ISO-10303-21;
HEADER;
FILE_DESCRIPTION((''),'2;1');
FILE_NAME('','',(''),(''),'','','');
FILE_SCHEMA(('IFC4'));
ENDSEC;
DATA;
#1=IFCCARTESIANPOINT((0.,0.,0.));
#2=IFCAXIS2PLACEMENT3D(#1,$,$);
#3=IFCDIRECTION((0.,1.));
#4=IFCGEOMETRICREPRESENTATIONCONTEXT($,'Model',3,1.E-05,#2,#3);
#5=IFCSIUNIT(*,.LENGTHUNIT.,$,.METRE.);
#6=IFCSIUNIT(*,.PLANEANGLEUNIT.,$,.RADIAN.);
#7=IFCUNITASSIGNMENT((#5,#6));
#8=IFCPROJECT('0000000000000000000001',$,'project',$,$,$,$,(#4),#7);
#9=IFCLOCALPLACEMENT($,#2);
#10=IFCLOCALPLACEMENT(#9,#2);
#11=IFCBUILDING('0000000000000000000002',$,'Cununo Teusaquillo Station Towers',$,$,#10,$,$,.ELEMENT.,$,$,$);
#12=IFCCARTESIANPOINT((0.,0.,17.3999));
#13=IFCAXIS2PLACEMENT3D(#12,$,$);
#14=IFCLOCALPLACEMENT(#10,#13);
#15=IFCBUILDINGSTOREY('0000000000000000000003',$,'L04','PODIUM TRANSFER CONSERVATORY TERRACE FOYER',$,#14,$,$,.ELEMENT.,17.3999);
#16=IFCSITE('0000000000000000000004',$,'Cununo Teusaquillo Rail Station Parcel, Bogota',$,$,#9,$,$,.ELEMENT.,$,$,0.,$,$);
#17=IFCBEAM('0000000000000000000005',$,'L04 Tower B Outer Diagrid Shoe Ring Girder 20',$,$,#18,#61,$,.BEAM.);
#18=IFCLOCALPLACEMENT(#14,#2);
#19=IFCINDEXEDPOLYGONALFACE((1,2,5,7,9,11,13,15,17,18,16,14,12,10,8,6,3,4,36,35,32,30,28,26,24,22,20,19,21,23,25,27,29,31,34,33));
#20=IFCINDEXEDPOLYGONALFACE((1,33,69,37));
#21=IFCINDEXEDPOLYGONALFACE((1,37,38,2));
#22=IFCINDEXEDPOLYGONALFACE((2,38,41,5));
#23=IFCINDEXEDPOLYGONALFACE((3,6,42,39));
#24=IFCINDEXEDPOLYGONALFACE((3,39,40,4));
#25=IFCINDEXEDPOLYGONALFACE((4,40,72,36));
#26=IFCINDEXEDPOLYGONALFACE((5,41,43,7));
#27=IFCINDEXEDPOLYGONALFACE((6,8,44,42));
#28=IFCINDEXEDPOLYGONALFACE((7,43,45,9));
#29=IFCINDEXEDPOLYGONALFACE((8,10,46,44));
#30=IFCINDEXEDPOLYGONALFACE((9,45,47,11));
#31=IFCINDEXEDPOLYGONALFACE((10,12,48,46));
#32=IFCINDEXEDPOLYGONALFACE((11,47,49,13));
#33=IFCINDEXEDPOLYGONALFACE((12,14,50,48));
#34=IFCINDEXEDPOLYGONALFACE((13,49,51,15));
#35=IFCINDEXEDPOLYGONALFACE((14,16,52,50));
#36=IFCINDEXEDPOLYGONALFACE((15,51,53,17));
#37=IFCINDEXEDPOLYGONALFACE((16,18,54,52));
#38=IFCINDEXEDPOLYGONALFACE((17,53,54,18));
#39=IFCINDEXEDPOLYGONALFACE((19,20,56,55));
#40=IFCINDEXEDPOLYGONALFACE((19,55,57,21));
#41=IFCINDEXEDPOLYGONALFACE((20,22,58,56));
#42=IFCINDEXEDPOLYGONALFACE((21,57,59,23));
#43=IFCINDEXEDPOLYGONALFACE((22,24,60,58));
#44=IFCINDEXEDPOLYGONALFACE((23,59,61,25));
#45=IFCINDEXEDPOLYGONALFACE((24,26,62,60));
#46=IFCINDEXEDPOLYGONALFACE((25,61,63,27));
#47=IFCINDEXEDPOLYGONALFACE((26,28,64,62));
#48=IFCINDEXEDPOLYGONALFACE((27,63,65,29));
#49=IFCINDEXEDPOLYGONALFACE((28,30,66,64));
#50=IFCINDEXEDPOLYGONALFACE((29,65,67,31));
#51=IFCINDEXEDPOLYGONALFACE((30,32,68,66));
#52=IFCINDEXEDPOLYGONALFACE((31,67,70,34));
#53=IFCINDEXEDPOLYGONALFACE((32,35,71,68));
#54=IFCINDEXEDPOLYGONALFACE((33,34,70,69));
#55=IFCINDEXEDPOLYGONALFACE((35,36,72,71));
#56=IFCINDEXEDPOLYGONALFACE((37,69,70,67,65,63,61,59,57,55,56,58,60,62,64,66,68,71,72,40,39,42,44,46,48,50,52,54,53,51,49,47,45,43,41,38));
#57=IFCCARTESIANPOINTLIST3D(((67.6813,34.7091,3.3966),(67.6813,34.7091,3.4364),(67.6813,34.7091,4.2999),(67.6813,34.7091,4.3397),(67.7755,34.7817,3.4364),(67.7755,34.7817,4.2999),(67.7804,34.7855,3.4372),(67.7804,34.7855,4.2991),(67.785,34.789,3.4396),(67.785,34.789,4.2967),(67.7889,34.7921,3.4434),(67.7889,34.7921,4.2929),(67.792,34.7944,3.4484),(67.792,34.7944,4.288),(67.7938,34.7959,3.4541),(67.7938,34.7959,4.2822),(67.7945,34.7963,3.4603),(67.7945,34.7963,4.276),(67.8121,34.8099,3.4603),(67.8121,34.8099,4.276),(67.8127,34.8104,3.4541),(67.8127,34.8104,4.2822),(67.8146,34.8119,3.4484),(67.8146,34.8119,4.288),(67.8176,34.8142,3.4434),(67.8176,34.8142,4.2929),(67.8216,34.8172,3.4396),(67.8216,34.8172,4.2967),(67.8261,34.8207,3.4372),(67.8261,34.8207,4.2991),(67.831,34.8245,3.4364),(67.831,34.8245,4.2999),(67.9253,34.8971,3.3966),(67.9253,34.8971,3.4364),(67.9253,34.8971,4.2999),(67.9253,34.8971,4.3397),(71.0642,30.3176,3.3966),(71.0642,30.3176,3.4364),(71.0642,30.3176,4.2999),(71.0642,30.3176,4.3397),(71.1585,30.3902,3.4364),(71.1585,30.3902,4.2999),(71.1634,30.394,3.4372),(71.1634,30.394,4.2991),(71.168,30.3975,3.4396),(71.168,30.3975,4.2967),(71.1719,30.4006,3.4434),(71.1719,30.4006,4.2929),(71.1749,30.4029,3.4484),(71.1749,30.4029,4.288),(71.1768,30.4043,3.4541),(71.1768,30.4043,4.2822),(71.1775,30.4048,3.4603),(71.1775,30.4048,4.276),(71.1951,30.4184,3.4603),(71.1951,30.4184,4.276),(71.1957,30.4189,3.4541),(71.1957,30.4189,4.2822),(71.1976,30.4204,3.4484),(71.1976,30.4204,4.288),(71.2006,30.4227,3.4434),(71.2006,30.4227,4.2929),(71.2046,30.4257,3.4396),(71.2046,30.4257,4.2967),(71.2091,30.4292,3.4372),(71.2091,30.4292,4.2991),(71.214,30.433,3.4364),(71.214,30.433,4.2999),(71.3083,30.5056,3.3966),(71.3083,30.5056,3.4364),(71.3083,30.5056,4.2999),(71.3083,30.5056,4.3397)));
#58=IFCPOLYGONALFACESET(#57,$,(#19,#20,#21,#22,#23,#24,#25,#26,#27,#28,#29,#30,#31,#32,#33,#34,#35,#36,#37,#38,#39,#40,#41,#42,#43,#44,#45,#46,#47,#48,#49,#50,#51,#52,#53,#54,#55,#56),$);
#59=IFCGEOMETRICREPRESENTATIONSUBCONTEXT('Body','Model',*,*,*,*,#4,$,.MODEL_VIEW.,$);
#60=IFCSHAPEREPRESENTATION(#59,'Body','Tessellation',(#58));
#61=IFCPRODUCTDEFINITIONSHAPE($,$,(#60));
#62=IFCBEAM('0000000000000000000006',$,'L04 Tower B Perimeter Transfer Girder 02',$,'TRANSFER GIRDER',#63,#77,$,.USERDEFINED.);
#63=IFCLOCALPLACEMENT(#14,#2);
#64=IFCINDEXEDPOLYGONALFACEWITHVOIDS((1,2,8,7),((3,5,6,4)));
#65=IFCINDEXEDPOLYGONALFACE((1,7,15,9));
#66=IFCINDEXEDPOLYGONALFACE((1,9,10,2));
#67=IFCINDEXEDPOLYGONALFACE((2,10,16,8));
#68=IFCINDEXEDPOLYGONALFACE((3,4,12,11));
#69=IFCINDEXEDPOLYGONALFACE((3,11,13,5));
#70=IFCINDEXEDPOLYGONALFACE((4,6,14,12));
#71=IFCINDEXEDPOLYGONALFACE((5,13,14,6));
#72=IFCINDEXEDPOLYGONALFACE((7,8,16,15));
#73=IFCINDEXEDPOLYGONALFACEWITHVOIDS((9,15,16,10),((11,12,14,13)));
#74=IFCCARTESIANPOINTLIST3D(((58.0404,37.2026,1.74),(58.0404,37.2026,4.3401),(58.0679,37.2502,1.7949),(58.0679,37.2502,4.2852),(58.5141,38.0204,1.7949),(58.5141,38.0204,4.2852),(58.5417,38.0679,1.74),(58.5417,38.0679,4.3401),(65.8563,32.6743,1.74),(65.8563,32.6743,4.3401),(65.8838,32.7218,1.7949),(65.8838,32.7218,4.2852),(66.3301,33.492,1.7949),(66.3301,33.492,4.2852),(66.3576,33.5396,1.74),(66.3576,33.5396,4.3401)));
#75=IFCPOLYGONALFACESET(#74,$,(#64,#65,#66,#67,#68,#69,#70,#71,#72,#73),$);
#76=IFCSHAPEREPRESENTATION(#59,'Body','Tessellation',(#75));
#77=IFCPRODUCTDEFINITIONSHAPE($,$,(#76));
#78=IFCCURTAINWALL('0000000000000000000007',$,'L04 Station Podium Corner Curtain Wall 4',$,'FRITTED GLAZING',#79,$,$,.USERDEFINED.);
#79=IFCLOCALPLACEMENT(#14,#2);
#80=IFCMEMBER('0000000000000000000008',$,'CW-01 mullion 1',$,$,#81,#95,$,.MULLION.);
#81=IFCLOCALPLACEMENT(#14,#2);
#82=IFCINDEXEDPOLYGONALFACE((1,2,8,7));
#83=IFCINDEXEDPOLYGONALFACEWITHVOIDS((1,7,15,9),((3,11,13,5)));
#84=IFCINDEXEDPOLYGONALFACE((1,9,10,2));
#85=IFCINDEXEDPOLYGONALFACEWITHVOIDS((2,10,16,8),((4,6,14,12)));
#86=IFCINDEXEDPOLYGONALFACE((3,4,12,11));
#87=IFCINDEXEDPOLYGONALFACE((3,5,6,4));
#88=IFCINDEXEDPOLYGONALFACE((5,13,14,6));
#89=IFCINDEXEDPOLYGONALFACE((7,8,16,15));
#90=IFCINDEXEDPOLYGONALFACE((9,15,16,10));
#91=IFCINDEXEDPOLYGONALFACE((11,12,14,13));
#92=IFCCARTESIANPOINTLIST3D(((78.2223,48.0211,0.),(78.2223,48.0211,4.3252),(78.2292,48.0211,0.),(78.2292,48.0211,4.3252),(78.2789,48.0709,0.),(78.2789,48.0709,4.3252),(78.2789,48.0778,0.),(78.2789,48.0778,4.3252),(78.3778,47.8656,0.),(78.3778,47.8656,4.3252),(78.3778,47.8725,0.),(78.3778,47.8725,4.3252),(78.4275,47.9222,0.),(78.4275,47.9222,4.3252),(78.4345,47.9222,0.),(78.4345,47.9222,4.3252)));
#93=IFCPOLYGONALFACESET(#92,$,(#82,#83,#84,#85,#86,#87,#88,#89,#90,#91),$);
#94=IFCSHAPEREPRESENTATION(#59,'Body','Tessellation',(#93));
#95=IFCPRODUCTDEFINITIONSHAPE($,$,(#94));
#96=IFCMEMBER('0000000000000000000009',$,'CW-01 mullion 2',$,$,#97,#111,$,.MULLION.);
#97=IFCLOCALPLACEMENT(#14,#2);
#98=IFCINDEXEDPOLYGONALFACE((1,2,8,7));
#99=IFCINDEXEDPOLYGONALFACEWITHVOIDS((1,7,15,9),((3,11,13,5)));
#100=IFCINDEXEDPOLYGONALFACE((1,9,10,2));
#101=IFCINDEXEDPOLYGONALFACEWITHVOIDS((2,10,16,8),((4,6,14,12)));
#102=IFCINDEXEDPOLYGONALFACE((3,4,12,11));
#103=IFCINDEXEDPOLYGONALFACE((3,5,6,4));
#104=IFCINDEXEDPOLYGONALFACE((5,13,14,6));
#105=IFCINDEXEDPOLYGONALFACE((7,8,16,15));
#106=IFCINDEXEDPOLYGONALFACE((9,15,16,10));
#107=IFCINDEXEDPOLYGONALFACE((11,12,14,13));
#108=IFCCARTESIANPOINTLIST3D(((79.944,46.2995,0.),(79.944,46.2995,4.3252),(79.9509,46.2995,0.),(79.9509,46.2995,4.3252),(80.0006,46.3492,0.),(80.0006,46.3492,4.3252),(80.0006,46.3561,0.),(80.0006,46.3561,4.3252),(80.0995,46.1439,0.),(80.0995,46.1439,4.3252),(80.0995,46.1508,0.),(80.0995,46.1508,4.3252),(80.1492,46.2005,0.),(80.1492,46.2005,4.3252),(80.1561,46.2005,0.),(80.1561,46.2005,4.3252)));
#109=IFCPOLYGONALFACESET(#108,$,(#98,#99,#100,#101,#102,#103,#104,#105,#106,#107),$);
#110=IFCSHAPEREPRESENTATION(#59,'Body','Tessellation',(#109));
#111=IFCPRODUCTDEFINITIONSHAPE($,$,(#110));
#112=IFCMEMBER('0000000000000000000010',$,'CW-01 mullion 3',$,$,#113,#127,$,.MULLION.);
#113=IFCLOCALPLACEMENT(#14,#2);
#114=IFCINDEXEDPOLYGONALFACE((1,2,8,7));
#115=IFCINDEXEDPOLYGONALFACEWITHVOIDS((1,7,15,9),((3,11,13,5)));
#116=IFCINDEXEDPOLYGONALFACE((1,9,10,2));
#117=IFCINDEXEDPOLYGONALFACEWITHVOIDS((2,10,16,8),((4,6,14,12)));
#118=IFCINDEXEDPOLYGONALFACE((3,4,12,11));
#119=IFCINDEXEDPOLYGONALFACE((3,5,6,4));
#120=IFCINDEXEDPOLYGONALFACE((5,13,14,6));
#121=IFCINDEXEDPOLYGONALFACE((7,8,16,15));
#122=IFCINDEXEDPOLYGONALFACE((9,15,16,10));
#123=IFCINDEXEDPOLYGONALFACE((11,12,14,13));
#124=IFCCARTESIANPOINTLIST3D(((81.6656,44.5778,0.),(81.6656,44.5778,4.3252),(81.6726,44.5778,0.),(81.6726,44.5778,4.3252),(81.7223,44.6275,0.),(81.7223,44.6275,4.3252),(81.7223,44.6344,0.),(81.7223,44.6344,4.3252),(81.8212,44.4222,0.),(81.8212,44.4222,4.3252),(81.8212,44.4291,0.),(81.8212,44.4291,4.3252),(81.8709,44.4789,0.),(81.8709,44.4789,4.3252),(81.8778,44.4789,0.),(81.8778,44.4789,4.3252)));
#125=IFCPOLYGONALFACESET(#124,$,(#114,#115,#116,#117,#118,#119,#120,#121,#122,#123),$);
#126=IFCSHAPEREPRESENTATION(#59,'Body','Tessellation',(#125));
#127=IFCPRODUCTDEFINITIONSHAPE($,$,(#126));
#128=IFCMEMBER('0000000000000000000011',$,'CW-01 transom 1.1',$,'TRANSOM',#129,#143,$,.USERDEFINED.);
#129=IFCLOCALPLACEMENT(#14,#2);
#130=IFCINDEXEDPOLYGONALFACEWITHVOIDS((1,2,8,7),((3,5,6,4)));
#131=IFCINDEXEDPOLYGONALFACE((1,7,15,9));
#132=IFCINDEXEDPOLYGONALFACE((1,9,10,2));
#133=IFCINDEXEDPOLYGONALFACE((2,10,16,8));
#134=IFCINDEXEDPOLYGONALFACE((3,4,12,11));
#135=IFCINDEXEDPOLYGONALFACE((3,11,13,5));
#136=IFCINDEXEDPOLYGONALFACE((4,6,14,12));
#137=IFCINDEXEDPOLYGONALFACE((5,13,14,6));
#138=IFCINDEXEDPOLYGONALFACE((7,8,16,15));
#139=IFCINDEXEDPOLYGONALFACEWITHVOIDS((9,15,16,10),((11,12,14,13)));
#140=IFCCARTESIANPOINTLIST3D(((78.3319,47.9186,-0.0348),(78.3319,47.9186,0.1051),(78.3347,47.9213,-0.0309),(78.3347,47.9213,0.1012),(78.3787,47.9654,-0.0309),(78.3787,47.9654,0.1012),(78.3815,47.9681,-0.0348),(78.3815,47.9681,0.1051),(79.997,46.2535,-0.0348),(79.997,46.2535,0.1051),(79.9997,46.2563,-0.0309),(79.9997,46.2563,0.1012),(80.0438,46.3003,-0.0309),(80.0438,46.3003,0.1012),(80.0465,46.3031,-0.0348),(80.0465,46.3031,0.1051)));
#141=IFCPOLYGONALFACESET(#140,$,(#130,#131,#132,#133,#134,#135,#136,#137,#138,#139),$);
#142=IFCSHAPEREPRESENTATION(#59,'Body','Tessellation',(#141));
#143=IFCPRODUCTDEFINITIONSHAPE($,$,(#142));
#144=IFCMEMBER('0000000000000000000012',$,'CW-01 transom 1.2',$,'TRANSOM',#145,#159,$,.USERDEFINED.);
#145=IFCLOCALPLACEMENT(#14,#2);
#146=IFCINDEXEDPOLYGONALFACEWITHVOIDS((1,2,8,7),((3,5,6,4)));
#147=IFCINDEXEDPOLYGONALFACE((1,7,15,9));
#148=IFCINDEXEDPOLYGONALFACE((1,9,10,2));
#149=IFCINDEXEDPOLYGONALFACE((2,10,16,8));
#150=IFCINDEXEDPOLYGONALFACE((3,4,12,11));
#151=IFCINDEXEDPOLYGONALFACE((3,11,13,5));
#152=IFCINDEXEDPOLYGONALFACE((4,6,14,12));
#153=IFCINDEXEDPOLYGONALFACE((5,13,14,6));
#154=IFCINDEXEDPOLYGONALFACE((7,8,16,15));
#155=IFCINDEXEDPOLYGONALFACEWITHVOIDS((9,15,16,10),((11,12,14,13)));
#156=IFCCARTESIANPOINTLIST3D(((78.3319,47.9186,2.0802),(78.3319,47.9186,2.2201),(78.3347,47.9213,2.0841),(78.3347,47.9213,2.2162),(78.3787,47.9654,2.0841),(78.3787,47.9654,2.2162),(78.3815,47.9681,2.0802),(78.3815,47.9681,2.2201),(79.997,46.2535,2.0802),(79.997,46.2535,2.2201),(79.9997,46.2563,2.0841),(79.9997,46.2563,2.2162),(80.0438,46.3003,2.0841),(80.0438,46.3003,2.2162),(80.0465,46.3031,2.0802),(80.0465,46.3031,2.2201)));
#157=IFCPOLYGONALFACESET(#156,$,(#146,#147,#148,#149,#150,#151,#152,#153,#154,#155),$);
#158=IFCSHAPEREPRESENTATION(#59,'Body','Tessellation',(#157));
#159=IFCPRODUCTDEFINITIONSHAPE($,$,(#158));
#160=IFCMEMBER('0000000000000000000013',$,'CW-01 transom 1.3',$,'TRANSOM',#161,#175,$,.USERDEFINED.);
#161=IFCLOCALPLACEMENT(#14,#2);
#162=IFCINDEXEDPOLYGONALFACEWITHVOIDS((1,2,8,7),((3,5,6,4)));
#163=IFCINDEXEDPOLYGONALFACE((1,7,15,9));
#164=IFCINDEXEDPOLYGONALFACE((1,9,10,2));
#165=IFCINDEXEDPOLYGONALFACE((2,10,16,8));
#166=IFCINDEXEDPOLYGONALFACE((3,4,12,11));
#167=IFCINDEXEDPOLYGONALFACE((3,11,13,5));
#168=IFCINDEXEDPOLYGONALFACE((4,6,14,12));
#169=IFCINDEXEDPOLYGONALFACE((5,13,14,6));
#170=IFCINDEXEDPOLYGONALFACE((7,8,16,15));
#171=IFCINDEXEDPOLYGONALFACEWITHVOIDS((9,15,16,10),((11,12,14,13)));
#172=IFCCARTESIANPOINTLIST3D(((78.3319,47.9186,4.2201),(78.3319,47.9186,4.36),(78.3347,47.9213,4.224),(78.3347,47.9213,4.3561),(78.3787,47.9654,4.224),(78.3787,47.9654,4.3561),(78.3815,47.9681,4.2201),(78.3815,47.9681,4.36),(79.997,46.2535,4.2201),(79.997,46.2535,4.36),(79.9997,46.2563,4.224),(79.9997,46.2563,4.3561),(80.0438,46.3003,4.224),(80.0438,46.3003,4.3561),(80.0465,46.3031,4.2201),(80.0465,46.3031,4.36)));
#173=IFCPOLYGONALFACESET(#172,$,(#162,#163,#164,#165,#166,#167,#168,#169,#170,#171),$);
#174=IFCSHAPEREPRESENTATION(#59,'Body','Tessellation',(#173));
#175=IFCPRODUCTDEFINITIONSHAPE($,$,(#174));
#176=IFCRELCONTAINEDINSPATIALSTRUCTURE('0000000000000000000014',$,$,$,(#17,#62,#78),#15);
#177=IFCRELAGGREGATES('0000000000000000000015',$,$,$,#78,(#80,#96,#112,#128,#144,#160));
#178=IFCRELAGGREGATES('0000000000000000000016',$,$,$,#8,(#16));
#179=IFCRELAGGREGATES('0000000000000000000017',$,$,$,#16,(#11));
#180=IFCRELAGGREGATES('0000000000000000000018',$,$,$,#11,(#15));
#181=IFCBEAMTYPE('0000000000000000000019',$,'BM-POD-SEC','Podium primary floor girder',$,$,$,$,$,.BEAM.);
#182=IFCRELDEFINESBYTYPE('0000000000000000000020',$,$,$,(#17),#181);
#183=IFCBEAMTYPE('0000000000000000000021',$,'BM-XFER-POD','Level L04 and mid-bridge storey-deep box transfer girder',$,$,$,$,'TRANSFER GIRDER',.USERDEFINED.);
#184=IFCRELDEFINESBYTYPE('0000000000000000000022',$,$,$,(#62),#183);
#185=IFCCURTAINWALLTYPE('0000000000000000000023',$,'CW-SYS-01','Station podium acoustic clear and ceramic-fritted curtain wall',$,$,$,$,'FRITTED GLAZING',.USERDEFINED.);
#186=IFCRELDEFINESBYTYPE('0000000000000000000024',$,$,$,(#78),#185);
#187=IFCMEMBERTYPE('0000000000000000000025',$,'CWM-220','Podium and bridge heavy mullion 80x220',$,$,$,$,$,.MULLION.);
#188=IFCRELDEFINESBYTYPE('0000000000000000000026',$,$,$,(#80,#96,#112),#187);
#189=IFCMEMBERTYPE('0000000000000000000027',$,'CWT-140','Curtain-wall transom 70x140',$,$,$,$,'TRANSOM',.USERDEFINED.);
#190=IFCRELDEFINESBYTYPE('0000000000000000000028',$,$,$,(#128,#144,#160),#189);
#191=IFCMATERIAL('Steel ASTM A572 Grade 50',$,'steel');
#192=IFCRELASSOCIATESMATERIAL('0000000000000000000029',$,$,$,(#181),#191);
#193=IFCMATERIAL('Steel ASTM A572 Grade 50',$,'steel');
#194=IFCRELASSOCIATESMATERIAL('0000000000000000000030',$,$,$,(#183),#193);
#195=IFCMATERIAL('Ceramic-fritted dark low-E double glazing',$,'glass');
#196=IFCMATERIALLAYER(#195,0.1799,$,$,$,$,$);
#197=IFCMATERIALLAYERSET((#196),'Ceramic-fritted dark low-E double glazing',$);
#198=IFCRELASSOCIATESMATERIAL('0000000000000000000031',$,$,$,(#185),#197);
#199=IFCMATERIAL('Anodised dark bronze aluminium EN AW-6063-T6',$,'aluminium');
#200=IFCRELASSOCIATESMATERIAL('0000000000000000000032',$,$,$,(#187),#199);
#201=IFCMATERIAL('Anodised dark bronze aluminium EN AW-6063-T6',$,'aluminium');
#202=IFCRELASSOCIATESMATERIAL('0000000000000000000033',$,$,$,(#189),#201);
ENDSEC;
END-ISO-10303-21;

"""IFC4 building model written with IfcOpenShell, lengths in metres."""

from ifc_helpers import new_model, si_unit, direction, frame, origin, origin_2d, place, context, subcontext, project, spatial, hollow_rectangle, i_section, extrude, material, layer, layer_set, material_profile, profile_set, type_object, element, aggregate, save


model = new_model("IFC4")

# Units and contexts
model_context = context("Model", 3, precision=1e-05, world=origin(), true_north=direction((0.0, 1.0)))
body_context = subcontext(model_context, "Body", "Model", "MODEL_VIEW")
ifc_project = project(units=[si_unit("LENGTHUNIT", "METRE"), si_unit("PLANEANGLEUNIT", "RADIAN")], contexts=[model_context])

# Site, building, storey
site_placement = place(None, origin())
site = spatial("IfcSite", under=ifc_project, at=site_placement, Name="Cununo Teusaquillo Rail Station Parcel, Bogota", CompositionType="ELEMENT", RefElevation=0.0)
building_placement = place(site_placement, origin())
building = spatial("IfcBuilding", under=site, at=building_placement, Name="Cununo Teusaquillo Station Towers", CompositionType="ELEMENT")
storey_placement = place(building_placement, frame((0.0, 0.0, 17.3999)))
storey = spatial("IfcBuildingStorey", under=building, at=storey_placement, Name="L04", Description="PODIUM TRANSFER CONSERVATORY TERRACE FOYER", CompositionType="ELEMENT", Elevation=17.3999)

# Beams
ifc_material_1 = material(Name="Steel ASTM A572 Grade 50", Category="steel")
ifc_material_profile_1 = material_profile(ifc_material_1, i_section(OverallWidth=0.3081, OverallDepth=0.9431, WebThickness=0.0222, FlangeThickness=0.0398, FilletRadius=0.0239, at=origin_2d()), Name="W36X232")
ifc_profile_set_1 = profile_set([ifc_material_profile_1], Name="Steel ASTM A572 Grade 50")
beam_type_1 = type_object("IfcBeamType", Name="BM-POD-SEC", Description="Podium primary floor girder", PredefinedType="BEAM", material=ifc_profile_set_1)
beam_1_placement = place(storey_placement, frame((71.1863, 30.4116, 3.8682), z_axis=(-0.610266, 0.792196, 0.0), x_axis=(-0.792196, -0.610266, 0.0)))
element("IfcBeam", 1, at=beam_1_placement, inside=storey, type_object=beam_type_1, Name="L04 Tower B Outer Diagrid Shoe Ring Girder 20", PredefinedType="BEAM", context=body_context, shape_type="SweptSolid", body=[
    extrude(i_section(OverallWidth=0.3081, OverallDepth=0.9431, WebThickness=0.0222, FlangeThickness=0.0398, FilletRadius=0.0239, at=origin_2d()), origin(), (0.0, 0.0, 1.0), 5.5435),
])
ifc_material_2 = material(Name="Steel ASTM A572 Grade 50", Category="steel")
ifc_material_profile_2 = material_profile(ifc_material_2, hollow_rectangle(XDim=1.0, YDim=2.6001, WallThickness=0.0549, at=origin_2d()), Name="BOX 2600x1000x55")
ifc_profile_set_2 = profile_set([ifc_material_profile_2], Name="Steel ASTM A572 Grade 50")
beam_type_2 = type_object("IfcBeamType", Name="BM-XFER-POD", Description="Level L04 and mid-bridge storey-deep box transfer girder", ElementType="TRANSFER GIRDER", PredefinedType="USERDEFINED", material=ifc_profile_set_2)
beam_2_placement = place(storey_placement, frame((66.1069, 33.1069, 3.04), z_axis=(-0.865267, 0.501311, 0.0), x_axis=(-0.501311, -0.865267, 0.0)))
element("IfcBeam", 2, at=beam_2_placement, inside=storey, type_object=beam_type_2, Name="L04 Tower B Perimeter Transfer Girder 02", ObjectType="TRANSFER GIRDER", PredefinedType="USERDEFINED", context=body_context, shape_type="SweptSolid", body=[
    extrude(hollow_rectangle(XDim=1.0, YDim=2.6001, WallThickness=0.0549, at=origin_2d()), origin(), (0.0, 0.0, 1.0), 9.033),
])

# Curtain wall, members
ifc_material_3 = material(Name="Ceramic-fritted dark low-E double glazing", Category="glass")
ifc_layer_1 = layer(ifc_material_3, 0.1799)
ifc_layer_set_1 = layer_set([ifc_layer_1], Name="Ceramic-fritted dark low-E double glazing")
curtain_wall_type = type_object("IfcCurtainWallType", Name="CW-SYS-01", Description="Station podium acoustic clear and ceramic-fritted curtain wall", ElementType="FRITTED GLAZING", PredefinedType="USERDEFINED", material=ifc_layer_set_1)
curtain_wall_placement = place(storey_placement, origin())
curtain_wall = element("IfcCurtainWall", 3, at=curtain_wall_placement, inside=storey, type_object=curtain_wall_type, Name="L04 Station Podium Corner Curtain Wall 4", ObjectType="FRITTED GLAZING", PredefinedType="USERDEFINED")
ifc_material_4 = material(Name="Anodised dark bronze aluminium EN AW-6063-T6", Category="aluminium")
ifc_material_profile_3 = material_profile(ifc_material_4, hollow_rectangle(XDim=0.0801, YDim=0.22, WallThickness=0.0049, at=origin_2d()), Name="CW-MULL-80x220")
ifc_profile_set_3 = profile_set([ifc_material_profile_3], Name="Anodised dark bronze aluminium EN AW-6063-T6")
member_type_1 = type_object("IfcMemberType", Name="CWM-220", Description="Podium and bridge heavy mullion 80x220", PredefinedType="MULLION", material=ifc_profile_set_3)
member_1_placement = place(storey_placement, frame((78.3284, 47.9717, 0.0), z_axis=(0.0, 0.0, 1.0), x_axis=(0.707107, 0.707107, 0.0)))
member_1 = element("IfcMember", 4, at=member_1_placement, type_object=member_type_1, Name="CW-01 mullion 1", PredefinedType="MULLION", context=body_context, shape_type="SweptSolid", body=[
    extrude(hollow_rectangle(XDim=0.0801, YDim=0.22, WallThickness=0.0049, at=origin_2d()), origin(), (0.0, 0.0, 1.0), 4.3252),
])
member_2_placement = place(storey_placement, frame((80.05, 46.25, 0.0), z_axis=(0.0, 0.0, 1.0), x_axis=(0.707107, 0.707107, 0.0)))
member_2 = element("IfcMember", 5, at=member_2_placement, type_object=member_type_1, Name="CW-01 mullion 2", PredefinedType="MULLION", context=body_context, shape_type="SweptSolid", body=[
    extrude(hollow_rectangle(XDim=0.0801, YDim=0.22, WallThickness=0.0049, at=origin_2d()), origin(), (0.0, 0.0, 1.0), 4.3252),
])
member_3_placement = place(storey_placement, frame((81.7717, 44.5283, 0.0), z_axis=(0.0, 0.0, 1.0), x_axis=(0.707107, 0.707107, 0.0)))
member_3 = element("IfcMember", 6, at=member_3_placement, type_object=member_type_1, Name="CW-01 mullion 3", PredefinedType="MULLION", context=body_context, shape_type="SweptSolid", body=[
    extrude(hollow_rectangle(XDim=0.0801, YDim=0.22, WallThickness=0.0049, at=origin_2d()), origin(), (0.0, 0.0, 1.0), 4.3252),
])
ifc_material_5 = material(Name="Anodised dark bronze aluminium EN AW-6063-T6", Category="aluminium")
ifc_material_profile_4 = material_profile(ifc_material_5, hollow_rectangle(XDim=0.0701, YDim=0.1399, WallThickness=0.0039, at=origin_2d()), Name="CW-TRAN-70x140")
ifc_profile_set_4 = profile_set([ifc_material_profile_4], Name="Anodised dark bronze aluminium EN AW-6063-T6")
member_type_2 = type_object("IfcMemberType", Name="CWT-140", Description="Curtain-wall transom 70x140", ElementType="TRANSOM", PredefinedType="USERDEFINED", material=ifc_profile_set_4)
member_4_placement = place(storey_placement, frame((78.3567, 47.9434, 0.0352), z_axis=(0.707107, -0.707107, 0.0), x_axis=(0.707107, 0.707107, 0.0)))
member_4 = element("IfcMember", 7, at=member_4_placement, type_object=member_type_2, Name="CW-01 transom 1.1", ObjectType="TRANSOM", PredefinedType="USERDEFINED", context=body_context, shape_type="SweptSolid", body=[
    extrude(hollow_rectangle(XDim=0.0701, YDim=0.1399, WallThickness=0.0039, at=origin_2d()), origin(), (0.0, 0.0, 1.0), 2.3547),
])
member_5_placement = place(storey_placement, frame((78.3567, 47.9434, 2.1501), z_axis=(0.707107, -0.707107, 0.0), x_axis=(0.707107, 0.707107, 0.0)))
member_5 = element("IfcMember", 8, at=member_5_placement, type_object=member_type_2, Name="CW-01 transom 1.2", ObjectType="TRANSOM", PredefinedType="USERDEFINED", context=body_context, shape_type="SweptSolid", body=[
    extrude(hollow_rectangle(XDim=0.0701, YDim=0.1399, WallThickness=0.0039, at=origin_2d()), origin(), (0.0, 0.0, 1.0), 2.3547),
])
member_6_placement = place(storey_placement, frame((78.3567, 47.9434, 4.29), z_axis=(0.707107, -0.707107, 0.0), x_axis=(0.707107, 0.707107, 0.0)))
member_6 = element("IfcMember", 9, at=member_6_placement, type_object=member_type_2, Name="CW-01 transom 1.3", ObjectType="TRANSOM", PredefinedType="USERDEFINED", context=body_context, shape_type="SweptSolid", body=[
    extrude(hollow_rectangle(XDim=0.0701, YDim=0.1399, WallThickness=0.0039, at=origin_2d()), origin(), (0.0, 0.0, 1.0), 2.3547),
])

aggregate(curtain_wall, [member_1, member_2, member_3, member_4, member_5, member_6])

save(model, "model.ifc")
